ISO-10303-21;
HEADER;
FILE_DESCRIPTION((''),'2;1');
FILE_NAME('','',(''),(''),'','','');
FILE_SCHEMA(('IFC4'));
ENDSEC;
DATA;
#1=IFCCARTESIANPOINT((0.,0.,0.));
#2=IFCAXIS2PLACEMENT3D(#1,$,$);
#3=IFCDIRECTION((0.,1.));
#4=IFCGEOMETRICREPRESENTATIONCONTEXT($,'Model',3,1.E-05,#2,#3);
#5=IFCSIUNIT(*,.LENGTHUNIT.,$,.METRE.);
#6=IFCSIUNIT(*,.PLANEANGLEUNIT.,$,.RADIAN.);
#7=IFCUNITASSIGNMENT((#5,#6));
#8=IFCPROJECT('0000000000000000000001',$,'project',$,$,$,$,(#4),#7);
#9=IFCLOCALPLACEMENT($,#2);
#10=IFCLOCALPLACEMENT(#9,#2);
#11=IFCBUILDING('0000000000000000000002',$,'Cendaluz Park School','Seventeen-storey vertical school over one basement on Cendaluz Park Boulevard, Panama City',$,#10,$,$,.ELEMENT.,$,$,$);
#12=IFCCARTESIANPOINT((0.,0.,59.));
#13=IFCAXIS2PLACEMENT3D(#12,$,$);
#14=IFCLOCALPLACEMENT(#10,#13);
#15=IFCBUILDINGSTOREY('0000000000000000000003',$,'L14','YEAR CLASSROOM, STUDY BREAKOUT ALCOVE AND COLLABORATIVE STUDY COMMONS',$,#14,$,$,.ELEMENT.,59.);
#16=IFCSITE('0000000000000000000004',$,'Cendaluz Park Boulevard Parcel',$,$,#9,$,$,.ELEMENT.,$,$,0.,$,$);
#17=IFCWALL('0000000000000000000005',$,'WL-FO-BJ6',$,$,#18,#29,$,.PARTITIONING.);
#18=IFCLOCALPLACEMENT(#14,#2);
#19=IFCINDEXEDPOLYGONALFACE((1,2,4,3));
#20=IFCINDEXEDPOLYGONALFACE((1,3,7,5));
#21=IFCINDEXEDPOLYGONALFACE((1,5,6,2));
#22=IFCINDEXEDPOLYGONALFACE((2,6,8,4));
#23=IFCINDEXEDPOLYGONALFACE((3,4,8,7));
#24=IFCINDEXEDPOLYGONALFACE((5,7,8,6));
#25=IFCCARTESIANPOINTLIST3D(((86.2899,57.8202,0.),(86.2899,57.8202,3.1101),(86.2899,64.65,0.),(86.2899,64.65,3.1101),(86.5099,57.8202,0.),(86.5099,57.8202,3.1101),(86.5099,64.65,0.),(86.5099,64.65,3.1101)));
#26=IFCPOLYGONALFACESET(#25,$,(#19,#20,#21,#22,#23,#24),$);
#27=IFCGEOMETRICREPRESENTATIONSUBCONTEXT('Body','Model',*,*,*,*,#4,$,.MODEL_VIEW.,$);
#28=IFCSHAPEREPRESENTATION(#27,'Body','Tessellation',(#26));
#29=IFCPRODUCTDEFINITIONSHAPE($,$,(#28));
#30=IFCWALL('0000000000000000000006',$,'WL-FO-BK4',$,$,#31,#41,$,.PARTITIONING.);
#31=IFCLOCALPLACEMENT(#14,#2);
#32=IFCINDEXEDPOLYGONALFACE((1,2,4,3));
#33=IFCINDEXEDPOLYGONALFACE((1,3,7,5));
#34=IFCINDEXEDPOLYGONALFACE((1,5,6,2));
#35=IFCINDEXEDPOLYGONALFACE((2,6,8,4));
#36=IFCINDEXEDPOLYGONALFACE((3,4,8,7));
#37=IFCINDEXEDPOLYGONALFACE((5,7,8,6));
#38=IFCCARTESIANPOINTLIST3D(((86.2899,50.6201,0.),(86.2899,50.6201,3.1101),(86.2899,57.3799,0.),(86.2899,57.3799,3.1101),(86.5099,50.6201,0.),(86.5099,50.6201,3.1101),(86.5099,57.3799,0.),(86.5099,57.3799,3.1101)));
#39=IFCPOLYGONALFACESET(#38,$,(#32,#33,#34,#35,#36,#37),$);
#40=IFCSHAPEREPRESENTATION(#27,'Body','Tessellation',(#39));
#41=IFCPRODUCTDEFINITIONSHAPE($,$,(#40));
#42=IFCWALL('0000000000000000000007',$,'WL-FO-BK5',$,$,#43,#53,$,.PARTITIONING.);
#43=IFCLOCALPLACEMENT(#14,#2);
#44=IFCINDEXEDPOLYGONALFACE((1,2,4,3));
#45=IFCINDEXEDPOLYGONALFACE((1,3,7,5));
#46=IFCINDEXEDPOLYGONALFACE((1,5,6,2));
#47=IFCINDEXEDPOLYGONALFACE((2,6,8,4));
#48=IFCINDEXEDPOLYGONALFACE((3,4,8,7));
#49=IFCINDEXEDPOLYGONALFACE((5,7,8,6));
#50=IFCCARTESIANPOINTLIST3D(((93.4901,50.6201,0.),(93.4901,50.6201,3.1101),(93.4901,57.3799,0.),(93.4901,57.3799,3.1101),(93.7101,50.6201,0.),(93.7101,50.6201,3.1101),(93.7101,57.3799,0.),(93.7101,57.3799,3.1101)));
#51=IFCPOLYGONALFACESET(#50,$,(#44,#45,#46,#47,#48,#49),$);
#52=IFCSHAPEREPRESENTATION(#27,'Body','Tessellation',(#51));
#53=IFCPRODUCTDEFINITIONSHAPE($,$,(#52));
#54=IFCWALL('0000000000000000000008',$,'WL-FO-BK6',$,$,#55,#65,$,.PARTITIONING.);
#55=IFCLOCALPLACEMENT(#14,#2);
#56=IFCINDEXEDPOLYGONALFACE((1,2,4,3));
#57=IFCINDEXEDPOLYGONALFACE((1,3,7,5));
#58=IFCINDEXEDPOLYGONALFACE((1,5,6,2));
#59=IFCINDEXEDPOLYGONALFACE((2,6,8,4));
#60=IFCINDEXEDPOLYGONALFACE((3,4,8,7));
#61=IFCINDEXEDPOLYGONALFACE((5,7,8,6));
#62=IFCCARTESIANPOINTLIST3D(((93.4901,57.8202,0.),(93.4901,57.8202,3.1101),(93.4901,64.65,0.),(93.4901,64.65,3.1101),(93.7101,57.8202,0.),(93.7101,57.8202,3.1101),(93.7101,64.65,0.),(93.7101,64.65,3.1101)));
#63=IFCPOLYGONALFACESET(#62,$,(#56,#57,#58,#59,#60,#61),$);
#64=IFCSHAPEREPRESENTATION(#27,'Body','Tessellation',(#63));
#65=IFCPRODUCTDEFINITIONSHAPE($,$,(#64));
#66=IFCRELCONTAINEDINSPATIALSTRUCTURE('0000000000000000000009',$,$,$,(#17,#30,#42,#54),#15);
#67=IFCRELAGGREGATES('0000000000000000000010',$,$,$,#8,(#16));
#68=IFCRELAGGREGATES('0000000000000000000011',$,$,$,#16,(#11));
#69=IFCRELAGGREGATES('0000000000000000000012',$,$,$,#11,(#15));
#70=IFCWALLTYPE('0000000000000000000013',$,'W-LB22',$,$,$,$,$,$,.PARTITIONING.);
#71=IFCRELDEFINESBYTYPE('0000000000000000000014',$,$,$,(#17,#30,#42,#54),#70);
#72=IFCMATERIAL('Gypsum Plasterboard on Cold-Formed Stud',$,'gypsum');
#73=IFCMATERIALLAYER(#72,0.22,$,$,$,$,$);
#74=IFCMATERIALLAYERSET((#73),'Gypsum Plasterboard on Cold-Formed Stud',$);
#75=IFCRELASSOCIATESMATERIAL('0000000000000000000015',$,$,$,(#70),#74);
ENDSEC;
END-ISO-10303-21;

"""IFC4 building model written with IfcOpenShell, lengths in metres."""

from ifc_helpers import new_model, si_unit, direction, frame, frame_2d, origin, place, context, subcontext, project, spatial, rectangle, extrude, material, layer, layer_set, type_object, element, save


model = new_model("IFC4")

# Units and contexts
model_context = context("Model", 3, precision=1e-05, world=origin(), true_north=direction((0.0, 1.0)))
body_context = subcontext(model_context, "Body", "Model", "MODEL_VIEW")
ifc_project = project(units=[si_unit("LENGTHUNIT", "METRE"), si_unit("PLANEANGLEUNIT", "RADIAN")], contexts=[model_context])

# Site, building, storey
site_placement = place(None, origin())
site = spatial("IfcSite", under=ifc_project, at=site_placement, Name="Cendaluz Park Boulevard Parcel", CompositionType="ELEMENT", RefElevation=0.0)
building_placement = place(site_placement, origin())
building = spatial("IfcBuilding", under=site, at=building_placement, Name="Cendaluz Park School", Description="Seventeen-storey vertical school over one basement on Cendaluz Park Boulevard, Panama City", CompositionType="ELEMENT")
storey_placement = place(building_placement, frame((0.0, 0.0, 59.0)))
storey = spatial("IfcBuildingStorey", under=building, at=storey_placement, Name="L14", Description="YEAR CLASSROOM, STUDY BREAKOUT ALCOVE AND COLLABORATIVE STUDY COMMONS", CompositionType="ELEMENT", Elevation=59.0)

# Walls
ifc_material_1 = material(Name="Gypsum Plasterboard on Cold-Formed Stud", Category="gypsum")
ifc_layer_1 = layer(ifc_material_1, 0.22)
ifc_layer_set_1 = layer_set([ifc_layer_1], Name="Gypsum Plasterboard on Cold-Formed Stud")
wall_type_1 = type_object("IfcWallType", Name="W-LB22", PredefinedType="PARTITIONING", material=ifc_layer_set_1)
wall_1_placement = place(storey_placement, frame((86.3999, 57.8201, 0.0), z_axis=(0.0, 0.0, 1.0), x_axis=(0.0, 1.0, 0.0)))
element("IfcWall", 1, at=wall_1_placement, inside=storey, type_object=wall_type_1, Name="WL-FO-BJ6", PredefinedType="PARTITIONING", context=body_context, shape_type="SweptSolid", body=[
    extrude(rectangle(XDim=6.8298, YDim=0.22, at=frame_2d((3.415, 0.0))), origin(), (0.0, 0.0, 1.0), 3.1101),
])
for number, where, z_axis, x_axis, name in (
    (2, (86.3999, 50.6201, 0.0), (0.0, 0.0, 1.0), (0.0, 1.0, 0.0), "WL-FO-BK4"),
    (3, (93.6001, 50.6201, 0.0), (0.0, 0.0, 1.0), (0.0, 1.0, 0.0), "WL-FO-BK5"),
):
    element("IfcWall", number, at=place(storey_placement, frame(where, z_axis=z_axis, x_axis=x_axis)), inside=storey, type_object=wall_type_1, Name=name, PredefinedType="PARTITIONING", context=body_context, shape_type="SweptSolid", body=[
        extrude(rectangle(XDim=6.7598, YDim=0.22, at=frame_2d((3.3799, 0.0))), origin(), (0.0, 0.0, 1.0), 3.1101),
    ])
wall_2_placement = place(storey_placement, frame((93.6001, 57.8201, 0.0), z_axis=(0.0, 0.0, 1.0), x_axis=(0.0, 1.0, 0.0)))
element("IfcWall", 4, at=wall_2_placement, inside=storey, type_object=wall_type_1, Name="WL-FO-BK6", PredefinedType="PARTITIONING", context=body_context, shape_type="SweptSolid", body=[
    extrude(rectangle(XDim=6.8298, YDim=0.22, at=frame_2d((3.415, 0.0))), origin(), (0.0, 0.0, 1.0), 3.1101),
])

save(model, "model.ifc")
